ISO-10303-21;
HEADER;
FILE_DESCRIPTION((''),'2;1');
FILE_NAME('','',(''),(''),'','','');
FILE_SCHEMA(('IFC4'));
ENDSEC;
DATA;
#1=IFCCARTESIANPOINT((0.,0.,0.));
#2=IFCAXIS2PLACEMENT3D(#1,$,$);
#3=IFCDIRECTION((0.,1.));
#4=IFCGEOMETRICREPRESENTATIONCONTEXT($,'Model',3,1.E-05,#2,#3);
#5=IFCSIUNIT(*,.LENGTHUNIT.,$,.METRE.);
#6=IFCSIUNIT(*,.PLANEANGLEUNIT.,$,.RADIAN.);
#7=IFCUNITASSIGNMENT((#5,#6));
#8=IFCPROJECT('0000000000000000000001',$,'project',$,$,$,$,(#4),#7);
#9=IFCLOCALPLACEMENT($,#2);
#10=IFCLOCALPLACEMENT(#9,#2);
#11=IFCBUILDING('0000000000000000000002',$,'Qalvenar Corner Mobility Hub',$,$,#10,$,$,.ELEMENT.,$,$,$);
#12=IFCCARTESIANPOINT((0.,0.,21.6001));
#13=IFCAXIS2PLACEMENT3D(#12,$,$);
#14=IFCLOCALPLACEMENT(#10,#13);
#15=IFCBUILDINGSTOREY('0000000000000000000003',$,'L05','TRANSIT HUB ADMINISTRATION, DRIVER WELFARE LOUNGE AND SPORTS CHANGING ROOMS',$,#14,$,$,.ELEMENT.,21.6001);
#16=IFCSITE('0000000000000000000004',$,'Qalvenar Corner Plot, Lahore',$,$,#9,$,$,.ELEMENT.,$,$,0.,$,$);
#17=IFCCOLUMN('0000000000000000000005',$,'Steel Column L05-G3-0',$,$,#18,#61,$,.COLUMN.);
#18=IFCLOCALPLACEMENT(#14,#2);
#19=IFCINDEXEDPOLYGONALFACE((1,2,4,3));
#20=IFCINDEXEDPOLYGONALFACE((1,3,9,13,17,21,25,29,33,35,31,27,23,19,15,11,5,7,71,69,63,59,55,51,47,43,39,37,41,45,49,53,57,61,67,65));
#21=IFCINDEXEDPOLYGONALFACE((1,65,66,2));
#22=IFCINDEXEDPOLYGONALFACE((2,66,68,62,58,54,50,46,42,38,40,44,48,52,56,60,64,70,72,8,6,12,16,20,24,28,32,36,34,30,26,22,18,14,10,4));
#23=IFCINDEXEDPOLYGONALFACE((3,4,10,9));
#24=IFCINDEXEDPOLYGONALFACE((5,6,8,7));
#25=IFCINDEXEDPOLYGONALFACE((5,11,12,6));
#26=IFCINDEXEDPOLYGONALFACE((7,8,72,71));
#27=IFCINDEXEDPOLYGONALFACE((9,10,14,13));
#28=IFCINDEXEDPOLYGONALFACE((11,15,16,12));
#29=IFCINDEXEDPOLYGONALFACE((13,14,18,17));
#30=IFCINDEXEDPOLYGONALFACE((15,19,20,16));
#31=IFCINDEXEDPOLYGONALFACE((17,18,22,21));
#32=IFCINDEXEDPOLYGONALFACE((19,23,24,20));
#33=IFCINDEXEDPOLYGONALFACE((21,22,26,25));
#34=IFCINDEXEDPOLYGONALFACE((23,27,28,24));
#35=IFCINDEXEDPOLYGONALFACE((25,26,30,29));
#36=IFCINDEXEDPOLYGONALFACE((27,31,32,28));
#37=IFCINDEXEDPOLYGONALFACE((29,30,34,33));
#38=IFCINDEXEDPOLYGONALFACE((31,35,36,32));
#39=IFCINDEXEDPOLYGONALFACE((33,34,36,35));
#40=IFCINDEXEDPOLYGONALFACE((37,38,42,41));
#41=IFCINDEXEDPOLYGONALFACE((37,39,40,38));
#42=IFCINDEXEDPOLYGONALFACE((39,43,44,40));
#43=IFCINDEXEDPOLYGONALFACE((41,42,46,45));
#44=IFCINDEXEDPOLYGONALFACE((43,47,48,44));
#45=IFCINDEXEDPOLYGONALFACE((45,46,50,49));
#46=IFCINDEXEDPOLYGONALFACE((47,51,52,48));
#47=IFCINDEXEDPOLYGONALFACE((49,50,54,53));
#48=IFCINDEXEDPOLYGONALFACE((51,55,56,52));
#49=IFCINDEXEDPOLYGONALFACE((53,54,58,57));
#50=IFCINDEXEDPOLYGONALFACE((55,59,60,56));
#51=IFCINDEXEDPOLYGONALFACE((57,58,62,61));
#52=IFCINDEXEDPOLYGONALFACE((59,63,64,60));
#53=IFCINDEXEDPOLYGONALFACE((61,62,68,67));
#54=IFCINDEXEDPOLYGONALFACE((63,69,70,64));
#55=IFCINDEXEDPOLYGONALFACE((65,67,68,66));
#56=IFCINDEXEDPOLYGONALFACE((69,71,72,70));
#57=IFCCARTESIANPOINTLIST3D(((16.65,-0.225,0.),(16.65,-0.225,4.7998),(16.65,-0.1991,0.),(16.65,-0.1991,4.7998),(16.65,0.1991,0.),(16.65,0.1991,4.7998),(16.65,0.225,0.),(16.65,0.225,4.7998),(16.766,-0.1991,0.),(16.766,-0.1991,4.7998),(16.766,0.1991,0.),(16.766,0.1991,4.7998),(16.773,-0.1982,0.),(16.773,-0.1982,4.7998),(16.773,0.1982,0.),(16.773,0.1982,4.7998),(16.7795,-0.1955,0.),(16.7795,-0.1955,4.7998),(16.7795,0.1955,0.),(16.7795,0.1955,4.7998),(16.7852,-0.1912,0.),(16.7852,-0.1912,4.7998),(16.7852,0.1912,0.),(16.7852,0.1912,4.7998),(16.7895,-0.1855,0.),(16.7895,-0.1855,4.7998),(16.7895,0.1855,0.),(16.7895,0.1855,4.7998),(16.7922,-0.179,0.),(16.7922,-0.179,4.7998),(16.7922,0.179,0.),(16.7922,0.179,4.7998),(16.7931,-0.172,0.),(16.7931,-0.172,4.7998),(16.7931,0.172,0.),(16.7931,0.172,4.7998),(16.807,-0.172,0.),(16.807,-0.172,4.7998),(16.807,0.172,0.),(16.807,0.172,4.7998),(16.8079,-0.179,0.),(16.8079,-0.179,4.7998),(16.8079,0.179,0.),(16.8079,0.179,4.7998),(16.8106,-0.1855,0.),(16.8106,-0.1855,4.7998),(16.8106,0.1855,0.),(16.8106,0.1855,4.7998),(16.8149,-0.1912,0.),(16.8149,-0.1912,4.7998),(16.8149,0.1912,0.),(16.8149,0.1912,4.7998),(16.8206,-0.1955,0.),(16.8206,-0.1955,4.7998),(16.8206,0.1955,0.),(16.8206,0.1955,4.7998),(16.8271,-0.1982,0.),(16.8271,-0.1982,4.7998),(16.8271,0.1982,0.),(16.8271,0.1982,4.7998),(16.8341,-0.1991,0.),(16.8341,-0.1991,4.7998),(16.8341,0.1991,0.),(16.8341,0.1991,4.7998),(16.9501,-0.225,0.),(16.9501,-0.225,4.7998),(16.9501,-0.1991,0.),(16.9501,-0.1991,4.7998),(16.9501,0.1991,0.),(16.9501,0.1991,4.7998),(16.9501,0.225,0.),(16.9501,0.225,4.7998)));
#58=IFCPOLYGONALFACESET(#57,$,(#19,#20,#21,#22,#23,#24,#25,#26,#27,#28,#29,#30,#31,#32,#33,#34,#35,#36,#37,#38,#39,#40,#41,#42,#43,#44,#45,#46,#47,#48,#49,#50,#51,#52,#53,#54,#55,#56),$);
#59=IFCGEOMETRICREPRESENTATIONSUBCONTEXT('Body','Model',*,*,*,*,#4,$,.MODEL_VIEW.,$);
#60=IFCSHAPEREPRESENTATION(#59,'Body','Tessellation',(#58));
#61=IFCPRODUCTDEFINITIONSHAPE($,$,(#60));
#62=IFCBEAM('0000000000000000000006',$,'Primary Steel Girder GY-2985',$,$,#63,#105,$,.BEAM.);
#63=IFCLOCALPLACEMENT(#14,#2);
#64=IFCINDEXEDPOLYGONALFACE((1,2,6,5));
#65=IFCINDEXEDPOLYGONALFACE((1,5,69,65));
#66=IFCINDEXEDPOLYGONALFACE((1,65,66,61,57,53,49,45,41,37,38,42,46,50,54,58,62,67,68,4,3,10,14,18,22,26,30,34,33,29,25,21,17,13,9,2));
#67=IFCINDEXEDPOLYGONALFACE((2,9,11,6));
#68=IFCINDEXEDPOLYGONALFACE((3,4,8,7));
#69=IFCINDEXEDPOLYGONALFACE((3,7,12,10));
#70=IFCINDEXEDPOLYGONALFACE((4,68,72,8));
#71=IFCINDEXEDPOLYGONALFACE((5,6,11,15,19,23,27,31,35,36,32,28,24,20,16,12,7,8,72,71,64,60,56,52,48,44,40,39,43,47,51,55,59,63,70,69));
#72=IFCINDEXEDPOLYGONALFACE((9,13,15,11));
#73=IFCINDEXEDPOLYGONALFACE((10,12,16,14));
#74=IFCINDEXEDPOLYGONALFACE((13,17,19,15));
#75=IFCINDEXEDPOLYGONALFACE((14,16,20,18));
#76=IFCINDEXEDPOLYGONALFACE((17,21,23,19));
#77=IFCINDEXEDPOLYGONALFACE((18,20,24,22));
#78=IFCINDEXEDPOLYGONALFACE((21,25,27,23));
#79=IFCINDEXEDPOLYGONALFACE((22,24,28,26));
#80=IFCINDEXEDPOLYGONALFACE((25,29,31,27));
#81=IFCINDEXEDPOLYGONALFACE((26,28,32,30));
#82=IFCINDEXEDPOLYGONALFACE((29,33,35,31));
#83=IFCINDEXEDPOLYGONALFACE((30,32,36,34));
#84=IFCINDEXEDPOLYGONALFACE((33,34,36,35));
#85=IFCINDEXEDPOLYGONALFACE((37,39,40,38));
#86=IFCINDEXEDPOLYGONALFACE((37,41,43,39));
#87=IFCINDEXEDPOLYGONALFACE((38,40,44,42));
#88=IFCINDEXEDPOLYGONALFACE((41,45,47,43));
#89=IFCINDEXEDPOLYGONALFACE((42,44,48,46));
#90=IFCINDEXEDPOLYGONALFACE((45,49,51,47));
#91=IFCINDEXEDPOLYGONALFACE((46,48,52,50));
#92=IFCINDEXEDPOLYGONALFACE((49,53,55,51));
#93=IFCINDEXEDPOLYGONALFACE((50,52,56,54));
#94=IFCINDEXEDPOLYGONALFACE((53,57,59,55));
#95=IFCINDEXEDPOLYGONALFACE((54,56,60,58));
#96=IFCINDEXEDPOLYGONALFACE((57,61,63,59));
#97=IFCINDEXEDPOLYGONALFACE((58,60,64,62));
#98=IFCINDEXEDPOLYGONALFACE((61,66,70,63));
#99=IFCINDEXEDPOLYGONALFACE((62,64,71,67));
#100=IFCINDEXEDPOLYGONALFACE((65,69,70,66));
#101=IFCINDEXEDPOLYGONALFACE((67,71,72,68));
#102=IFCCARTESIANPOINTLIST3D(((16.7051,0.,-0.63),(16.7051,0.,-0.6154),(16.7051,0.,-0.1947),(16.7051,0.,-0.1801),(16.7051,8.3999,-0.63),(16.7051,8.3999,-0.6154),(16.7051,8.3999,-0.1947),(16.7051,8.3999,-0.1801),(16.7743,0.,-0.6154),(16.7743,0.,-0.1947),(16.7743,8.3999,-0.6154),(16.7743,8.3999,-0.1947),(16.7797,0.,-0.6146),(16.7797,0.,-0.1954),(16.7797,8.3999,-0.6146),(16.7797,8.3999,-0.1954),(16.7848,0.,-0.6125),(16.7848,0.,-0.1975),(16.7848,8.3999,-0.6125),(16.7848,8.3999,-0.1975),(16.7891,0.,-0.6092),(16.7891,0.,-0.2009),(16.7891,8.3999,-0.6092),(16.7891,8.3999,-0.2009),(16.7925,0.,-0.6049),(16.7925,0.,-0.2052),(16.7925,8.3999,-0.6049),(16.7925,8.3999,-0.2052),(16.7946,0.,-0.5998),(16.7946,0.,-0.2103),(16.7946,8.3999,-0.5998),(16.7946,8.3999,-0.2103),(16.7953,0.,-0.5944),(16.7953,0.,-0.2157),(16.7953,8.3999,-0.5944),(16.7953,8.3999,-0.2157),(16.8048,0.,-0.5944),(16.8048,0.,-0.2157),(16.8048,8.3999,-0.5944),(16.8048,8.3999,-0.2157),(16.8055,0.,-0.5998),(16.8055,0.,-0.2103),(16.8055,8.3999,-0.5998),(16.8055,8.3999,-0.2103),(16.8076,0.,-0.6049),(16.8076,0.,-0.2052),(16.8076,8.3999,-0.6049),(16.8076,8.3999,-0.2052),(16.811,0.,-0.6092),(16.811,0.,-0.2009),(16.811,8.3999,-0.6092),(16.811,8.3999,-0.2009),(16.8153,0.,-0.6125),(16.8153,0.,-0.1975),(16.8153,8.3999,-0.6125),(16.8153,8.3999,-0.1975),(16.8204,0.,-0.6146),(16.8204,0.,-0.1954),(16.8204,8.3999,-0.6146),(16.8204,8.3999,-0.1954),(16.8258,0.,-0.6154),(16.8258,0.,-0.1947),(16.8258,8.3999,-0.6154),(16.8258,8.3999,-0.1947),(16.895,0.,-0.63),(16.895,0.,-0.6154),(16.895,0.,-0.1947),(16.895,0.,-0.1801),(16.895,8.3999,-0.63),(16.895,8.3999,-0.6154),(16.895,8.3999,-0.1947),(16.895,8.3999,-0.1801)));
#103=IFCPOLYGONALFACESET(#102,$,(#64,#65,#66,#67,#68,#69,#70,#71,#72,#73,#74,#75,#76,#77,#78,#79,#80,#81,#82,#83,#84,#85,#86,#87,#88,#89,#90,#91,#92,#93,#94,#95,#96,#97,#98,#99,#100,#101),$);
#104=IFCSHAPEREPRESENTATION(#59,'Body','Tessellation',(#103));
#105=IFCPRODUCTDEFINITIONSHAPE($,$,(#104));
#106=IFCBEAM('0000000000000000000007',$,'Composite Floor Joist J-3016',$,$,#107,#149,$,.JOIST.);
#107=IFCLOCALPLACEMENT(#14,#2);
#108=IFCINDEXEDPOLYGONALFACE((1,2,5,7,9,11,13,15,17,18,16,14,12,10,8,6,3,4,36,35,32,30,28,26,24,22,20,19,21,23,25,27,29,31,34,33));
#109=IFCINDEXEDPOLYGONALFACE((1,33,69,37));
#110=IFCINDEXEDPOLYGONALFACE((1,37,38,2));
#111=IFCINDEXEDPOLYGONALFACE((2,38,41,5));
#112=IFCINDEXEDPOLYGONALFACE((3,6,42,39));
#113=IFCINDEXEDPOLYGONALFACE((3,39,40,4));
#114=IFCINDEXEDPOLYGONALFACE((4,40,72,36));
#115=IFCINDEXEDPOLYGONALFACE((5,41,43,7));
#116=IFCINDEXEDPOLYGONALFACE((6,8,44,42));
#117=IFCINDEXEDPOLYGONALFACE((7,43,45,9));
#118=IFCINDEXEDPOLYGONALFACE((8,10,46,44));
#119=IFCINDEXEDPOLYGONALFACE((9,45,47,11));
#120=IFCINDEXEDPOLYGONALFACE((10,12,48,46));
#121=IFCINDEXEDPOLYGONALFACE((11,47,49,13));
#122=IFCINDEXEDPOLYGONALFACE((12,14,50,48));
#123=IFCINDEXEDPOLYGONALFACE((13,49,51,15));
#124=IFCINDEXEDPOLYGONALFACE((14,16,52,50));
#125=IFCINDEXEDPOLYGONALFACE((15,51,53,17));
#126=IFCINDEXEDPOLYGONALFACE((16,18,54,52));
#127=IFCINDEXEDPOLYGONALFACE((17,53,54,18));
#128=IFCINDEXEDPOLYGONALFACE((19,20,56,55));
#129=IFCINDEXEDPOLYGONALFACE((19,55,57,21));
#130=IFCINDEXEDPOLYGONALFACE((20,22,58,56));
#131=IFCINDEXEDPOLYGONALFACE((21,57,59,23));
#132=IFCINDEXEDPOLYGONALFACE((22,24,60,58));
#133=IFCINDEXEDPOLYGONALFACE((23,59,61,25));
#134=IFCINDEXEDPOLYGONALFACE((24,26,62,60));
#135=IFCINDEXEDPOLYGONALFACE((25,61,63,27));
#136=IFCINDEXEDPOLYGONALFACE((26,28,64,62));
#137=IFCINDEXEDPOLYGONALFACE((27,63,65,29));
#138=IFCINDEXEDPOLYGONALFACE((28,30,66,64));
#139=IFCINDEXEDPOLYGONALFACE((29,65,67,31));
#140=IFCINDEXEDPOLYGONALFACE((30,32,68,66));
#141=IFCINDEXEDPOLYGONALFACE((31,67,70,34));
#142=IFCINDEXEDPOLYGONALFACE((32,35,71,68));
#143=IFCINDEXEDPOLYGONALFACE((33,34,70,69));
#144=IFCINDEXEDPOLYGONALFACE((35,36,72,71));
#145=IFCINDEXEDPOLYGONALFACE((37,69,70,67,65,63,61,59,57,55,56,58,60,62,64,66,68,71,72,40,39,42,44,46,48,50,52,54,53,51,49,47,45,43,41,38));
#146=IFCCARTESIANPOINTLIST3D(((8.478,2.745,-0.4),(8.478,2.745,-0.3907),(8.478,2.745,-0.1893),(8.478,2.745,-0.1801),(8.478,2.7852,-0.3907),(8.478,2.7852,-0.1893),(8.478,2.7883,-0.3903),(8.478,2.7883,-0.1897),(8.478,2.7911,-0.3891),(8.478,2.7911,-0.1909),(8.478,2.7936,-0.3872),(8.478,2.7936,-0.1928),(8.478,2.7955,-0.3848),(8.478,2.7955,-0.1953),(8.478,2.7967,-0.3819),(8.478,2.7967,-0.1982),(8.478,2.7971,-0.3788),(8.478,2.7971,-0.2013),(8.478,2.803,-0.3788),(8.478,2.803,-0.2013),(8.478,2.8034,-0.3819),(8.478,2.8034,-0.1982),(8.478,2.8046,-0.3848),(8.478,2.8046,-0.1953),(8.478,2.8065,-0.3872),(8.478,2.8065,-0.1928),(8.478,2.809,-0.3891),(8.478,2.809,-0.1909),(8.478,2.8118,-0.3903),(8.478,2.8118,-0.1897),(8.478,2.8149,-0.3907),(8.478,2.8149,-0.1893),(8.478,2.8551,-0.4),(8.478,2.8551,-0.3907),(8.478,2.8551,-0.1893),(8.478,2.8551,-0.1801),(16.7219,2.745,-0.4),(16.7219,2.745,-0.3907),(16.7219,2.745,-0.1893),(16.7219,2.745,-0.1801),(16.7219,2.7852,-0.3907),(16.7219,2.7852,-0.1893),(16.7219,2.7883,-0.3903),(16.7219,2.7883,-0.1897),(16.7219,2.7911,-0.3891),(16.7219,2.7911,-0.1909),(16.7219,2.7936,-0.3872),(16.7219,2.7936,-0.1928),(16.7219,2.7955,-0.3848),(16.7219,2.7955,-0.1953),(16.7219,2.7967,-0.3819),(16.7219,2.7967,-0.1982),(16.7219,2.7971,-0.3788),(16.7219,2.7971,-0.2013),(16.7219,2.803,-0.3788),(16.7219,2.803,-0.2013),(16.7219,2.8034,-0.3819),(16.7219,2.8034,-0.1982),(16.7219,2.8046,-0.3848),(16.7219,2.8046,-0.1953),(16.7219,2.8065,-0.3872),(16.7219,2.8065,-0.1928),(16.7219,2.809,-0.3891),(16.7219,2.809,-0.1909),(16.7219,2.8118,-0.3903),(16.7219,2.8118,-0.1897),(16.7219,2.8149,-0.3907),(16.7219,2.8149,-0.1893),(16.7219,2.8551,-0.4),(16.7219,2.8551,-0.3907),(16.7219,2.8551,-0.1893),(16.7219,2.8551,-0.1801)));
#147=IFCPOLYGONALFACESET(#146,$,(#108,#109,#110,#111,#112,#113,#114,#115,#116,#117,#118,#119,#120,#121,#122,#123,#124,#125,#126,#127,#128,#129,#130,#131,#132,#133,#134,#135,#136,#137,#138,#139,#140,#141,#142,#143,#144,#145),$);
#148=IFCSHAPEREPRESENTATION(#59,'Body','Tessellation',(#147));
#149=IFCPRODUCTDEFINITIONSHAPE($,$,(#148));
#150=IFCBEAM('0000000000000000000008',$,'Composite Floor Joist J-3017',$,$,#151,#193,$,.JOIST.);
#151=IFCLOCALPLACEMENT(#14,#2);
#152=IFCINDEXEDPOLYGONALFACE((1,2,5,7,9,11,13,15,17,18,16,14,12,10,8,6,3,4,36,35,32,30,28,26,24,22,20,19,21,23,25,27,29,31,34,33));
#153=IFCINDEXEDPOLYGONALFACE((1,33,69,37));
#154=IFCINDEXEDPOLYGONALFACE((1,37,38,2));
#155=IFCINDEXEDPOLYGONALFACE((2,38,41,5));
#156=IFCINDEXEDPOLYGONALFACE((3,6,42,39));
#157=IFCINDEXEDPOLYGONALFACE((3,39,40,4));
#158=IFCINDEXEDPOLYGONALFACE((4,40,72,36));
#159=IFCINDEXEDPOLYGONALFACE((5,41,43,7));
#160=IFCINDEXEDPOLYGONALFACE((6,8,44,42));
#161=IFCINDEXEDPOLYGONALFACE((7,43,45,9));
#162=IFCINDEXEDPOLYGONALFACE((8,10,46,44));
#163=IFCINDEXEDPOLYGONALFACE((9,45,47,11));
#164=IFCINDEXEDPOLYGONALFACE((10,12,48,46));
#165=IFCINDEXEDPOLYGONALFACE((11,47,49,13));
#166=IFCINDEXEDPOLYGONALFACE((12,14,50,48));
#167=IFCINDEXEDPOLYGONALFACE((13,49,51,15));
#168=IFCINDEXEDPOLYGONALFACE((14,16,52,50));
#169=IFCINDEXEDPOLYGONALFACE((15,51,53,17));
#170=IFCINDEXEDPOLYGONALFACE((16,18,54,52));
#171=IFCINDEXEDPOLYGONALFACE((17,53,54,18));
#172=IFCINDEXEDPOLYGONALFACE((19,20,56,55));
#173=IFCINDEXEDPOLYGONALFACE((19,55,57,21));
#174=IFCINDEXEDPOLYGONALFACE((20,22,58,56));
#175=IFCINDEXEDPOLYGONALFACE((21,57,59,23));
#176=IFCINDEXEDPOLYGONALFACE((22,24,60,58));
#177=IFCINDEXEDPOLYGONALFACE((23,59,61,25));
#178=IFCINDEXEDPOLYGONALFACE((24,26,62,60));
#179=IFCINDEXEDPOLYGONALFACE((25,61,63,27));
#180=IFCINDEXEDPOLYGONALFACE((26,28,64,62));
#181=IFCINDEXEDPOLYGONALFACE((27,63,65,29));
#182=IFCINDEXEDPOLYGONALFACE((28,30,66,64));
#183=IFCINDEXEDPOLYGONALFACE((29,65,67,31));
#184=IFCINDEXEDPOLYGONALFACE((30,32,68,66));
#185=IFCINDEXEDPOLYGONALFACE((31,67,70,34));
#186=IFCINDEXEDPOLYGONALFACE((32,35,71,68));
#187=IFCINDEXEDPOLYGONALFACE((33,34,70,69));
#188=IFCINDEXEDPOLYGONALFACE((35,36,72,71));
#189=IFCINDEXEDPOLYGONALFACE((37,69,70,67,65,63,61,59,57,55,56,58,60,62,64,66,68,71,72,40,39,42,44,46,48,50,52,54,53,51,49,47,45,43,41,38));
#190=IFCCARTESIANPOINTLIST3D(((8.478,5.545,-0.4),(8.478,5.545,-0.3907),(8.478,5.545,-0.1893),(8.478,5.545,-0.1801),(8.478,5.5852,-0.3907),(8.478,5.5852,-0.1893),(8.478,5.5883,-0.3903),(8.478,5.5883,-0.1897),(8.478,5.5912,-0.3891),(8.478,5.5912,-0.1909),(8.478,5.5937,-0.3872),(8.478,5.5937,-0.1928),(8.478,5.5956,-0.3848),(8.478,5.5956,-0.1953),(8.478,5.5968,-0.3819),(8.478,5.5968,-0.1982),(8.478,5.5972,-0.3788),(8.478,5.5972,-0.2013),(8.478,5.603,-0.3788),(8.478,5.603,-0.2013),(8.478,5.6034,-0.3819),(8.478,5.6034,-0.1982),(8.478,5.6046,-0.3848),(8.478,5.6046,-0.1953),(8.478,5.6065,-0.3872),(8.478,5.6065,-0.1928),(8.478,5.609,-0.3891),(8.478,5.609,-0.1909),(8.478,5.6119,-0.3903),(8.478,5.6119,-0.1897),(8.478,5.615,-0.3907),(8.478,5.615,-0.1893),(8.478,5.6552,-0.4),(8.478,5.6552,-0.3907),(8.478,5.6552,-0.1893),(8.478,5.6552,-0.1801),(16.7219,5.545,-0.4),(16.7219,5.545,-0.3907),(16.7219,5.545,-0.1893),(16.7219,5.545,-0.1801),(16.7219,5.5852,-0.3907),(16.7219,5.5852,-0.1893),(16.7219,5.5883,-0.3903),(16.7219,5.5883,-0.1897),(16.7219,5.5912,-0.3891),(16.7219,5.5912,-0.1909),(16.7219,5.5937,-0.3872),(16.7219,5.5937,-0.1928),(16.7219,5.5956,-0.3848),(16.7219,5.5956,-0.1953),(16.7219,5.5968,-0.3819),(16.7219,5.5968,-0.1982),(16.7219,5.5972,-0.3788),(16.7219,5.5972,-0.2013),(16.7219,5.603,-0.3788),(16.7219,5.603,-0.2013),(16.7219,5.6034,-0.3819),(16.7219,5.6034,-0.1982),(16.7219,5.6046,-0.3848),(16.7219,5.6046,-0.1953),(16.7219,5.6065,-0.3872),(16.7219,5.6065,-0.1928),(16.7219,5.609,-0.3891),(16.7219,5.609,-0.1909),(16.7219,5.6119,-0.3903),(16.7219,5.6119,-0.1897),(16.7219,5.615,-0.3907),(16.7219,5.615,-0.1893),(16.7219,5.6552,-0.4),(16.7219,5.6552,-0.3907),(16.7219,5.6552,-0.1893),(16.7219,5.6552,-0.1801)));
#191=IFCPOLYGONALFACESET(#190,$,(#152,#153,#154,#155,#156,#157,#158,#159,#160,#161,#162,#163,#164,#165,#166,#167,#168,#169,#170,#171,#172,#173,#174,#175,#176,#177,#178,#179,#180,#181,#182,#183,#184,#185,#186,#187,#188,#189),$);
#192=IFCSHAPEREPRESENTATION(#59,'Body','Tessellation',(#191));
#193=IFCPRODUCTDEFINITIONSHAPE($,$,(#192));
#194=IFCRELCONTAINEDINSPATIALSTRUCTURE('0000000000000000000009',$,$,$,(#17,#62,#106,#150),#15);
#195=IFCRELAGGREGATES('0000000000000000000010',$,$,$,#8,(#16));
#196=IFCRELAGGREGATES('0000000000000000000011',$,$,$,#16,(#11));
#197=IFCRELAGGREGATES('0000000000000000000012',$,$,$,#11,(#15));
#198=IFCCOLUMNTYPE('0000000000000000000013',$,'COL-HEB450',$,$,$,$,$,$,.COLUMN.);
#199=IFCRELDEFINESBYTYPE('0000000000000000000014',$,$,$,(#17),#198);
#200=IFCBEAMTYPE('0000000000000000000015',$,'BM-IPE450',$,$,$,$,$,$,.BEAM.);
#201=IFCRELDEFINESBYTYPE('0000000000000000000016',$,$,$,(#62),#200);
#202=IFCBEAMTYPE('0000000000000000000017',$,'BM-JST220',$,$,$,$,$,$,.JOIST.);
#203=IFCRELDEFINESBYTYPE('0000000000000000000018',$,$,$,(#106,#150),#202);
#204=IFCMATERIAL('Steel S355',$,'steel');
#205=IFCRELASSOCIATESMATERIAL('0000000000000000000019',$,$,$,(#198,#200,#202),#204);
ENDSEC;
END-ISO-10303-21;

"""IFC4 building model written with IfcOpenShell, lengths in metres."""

from ifc_helpers import new_model, si_unit, direction, frame, origin, origin_2d, place, context, subcontext, project, spatial, i_section, extrude, material, material_profile, profile_set, type_object, element, save


model = new_model("IFC4")

# Units and contexts
model_context = context("Model", 3, precision=1e-05, world=origin(), true_north=direction((0.0, 1.0)))
body_context = subcontext(model_context, "Body", "Model", "MODEL_VIEW")
ifc_project = project(units=[si_unit("LENGTHUNIT", "METRE"), si_unit("PLANEANGLEUNIT", "RADIAN")], contexts=[model_context])

# Site, building, storey
site_placement = place(None, origin())
site = spatial("IfcSite", under=ifc_project, at=site_placement, Name="Qalvenar Corner Plot, Lahore", CompositionType="ELEMENT", RefElevation=0.0)
building_placement = place(site_placement, origin())
building = spatial("IfcBuilding", under=site, at=building_placement, Name="Qalvenar Corner Mobility Hub", CompositionType="ELEMENT")
storey_placement = place(building_placement, frame((0.0, 0.0, 21.6001)))
storey = spatial("IfcBuildingStorey", under=building, at=storey_placement, Name="L05", Description="TRANSIT HUB ADMINISTRATION, DRIVER WELFARE LOUNGE AND SPORTS CHANGING ROOMS", CompositionType="ELEMENT", Elevation=21.6001)

# Column
ifc_material_1 = material(Name="Steel S355", Category="steel")
ifc_material_profile_1 = material_profile(ifc_material_1, i_section(OverallWidth=0.3, OverallDepth=0.45, WebThickness=0.0139, FlangeThickness=0.0259, FilletRadius=0.0271, at=origin_2d()), Name="HEB450")
ifc_profile_set_1 = profile_set([ifc_material_profile_1], Name="Steel S355")
column_type = type_object("IfcColumnType", Name="COL-HEB450", PredefinedType="COLUMN", material=ifc_profile_set_1)
column_placement = place(storey_placement, frame((16.8, 0.0, 0.0), z_axis=(0.0, 0.0, 1.0), x_axis=(1.0, 0.0, 0.0)))
element("IfcColumn", 1, at=column_placement, inside=storey, type_object=column_type, Name="Steel Column L05-G3-0", PredefinedType="COLUMN", context=body_context, shape_type="SweptSolid", body=[
    extrude(i_section(OverallWidth=0.3, OverallDepth=0.45, WebThickness=0.0139, FlangeThickness=0.0259, FilletRadius=0.0271, at=origin_2d()), origin(), (0.0, 0.0, 1.0), 4.7998),
])

# Beams
ifc_material_profile_2 = material_profile(ifc_material_1, i_section(OverallWidth=0.1899, OverallDepth=0.45, WebThickness=0.0095, FlangeThickness=0.0146, FilletRadius=0.021, at=origin_2d()), Name="IPE450")
ifc_profile_set_2 = profile_set([ifc_material_profile_2], Name="Steel S355")
beam_type_1 = type_object("IfcBeamType", Name="BM-IPE450", PredefinedType="BEAM", material=ifc_profile_set_2)
beam_1_placement = place(storey_placement, frame((16.8, 0.0, -0.405), z_axis=(0.0, 1.0, 0.0), x_axis=(-1.0, 0.0, 0.0)))
element("IfcBeam", 2, at=beam_1_placement, inside=storey, type_object=beam_type_1, Name="Primary Steel Girder GY-2985", PredefinedType="BEAM", context=body_context, shape_type="SweptSolid", body=[
    extrude(i_section(OverallWidth=0.1899, OverallDepth=0.45, WebThickness=0.0095, FlangeThickness=0.0146, FilletRadius=0.021, at=origin_2d()), origin(), (0.0, 0.0, 1.0), 8.3999),
])
ifc_material_profile_3 = material_profile(ifc_material_1, i_section(OverallWidth=0.1101, OverallDepth=0.22, WebThickness=0.0059, FlangeThickness=0.0093, FilletRadius=0.012, at=origin_2d()), Name="IPE220")
ifc_profile_set_3 = profile_set([ifc_material_profile_3], Name="Steel S355")
beam_type_2 = type_object("IfcBeamType", Name="BM-JST220", PredefinedType="JOIST", material=ifc_profile_set_3)
for number, where, z_axis, x_axis, name in (
    (3, (8.478, 2.8, -0.29), (1.0, 0.0, 0.0), (0.0, 1.0, 0.0), "Composite Floor Joist J-3016"),
    (4, (8.478, 5.6001, -0.29), (1.0, 0.0, 0.0), (0.0, 1.0, 0.0), "Composite Floor Joist J-3017"),
):
    element("IfcBeam", number, at=place(storey_placement, frame(where, z_axis=z_axis, x_axis=x_axis)), inside=storey, type_object=beam_type_2, Name=name, PredefinedType="JOIST", context=body_context, shape_type="SweptSolid", body=[
        extrude(i_section(OverallWidth=0.1101, OverallDepth=0.22, WebThickness=0.0059, FlangeThickness=0.0093, FilletRadius=0.012, at=origin_2d()), origin(), (0.0, 0.0, 1.0), 8.2439),
    ])

save(model, "model.ifc")
